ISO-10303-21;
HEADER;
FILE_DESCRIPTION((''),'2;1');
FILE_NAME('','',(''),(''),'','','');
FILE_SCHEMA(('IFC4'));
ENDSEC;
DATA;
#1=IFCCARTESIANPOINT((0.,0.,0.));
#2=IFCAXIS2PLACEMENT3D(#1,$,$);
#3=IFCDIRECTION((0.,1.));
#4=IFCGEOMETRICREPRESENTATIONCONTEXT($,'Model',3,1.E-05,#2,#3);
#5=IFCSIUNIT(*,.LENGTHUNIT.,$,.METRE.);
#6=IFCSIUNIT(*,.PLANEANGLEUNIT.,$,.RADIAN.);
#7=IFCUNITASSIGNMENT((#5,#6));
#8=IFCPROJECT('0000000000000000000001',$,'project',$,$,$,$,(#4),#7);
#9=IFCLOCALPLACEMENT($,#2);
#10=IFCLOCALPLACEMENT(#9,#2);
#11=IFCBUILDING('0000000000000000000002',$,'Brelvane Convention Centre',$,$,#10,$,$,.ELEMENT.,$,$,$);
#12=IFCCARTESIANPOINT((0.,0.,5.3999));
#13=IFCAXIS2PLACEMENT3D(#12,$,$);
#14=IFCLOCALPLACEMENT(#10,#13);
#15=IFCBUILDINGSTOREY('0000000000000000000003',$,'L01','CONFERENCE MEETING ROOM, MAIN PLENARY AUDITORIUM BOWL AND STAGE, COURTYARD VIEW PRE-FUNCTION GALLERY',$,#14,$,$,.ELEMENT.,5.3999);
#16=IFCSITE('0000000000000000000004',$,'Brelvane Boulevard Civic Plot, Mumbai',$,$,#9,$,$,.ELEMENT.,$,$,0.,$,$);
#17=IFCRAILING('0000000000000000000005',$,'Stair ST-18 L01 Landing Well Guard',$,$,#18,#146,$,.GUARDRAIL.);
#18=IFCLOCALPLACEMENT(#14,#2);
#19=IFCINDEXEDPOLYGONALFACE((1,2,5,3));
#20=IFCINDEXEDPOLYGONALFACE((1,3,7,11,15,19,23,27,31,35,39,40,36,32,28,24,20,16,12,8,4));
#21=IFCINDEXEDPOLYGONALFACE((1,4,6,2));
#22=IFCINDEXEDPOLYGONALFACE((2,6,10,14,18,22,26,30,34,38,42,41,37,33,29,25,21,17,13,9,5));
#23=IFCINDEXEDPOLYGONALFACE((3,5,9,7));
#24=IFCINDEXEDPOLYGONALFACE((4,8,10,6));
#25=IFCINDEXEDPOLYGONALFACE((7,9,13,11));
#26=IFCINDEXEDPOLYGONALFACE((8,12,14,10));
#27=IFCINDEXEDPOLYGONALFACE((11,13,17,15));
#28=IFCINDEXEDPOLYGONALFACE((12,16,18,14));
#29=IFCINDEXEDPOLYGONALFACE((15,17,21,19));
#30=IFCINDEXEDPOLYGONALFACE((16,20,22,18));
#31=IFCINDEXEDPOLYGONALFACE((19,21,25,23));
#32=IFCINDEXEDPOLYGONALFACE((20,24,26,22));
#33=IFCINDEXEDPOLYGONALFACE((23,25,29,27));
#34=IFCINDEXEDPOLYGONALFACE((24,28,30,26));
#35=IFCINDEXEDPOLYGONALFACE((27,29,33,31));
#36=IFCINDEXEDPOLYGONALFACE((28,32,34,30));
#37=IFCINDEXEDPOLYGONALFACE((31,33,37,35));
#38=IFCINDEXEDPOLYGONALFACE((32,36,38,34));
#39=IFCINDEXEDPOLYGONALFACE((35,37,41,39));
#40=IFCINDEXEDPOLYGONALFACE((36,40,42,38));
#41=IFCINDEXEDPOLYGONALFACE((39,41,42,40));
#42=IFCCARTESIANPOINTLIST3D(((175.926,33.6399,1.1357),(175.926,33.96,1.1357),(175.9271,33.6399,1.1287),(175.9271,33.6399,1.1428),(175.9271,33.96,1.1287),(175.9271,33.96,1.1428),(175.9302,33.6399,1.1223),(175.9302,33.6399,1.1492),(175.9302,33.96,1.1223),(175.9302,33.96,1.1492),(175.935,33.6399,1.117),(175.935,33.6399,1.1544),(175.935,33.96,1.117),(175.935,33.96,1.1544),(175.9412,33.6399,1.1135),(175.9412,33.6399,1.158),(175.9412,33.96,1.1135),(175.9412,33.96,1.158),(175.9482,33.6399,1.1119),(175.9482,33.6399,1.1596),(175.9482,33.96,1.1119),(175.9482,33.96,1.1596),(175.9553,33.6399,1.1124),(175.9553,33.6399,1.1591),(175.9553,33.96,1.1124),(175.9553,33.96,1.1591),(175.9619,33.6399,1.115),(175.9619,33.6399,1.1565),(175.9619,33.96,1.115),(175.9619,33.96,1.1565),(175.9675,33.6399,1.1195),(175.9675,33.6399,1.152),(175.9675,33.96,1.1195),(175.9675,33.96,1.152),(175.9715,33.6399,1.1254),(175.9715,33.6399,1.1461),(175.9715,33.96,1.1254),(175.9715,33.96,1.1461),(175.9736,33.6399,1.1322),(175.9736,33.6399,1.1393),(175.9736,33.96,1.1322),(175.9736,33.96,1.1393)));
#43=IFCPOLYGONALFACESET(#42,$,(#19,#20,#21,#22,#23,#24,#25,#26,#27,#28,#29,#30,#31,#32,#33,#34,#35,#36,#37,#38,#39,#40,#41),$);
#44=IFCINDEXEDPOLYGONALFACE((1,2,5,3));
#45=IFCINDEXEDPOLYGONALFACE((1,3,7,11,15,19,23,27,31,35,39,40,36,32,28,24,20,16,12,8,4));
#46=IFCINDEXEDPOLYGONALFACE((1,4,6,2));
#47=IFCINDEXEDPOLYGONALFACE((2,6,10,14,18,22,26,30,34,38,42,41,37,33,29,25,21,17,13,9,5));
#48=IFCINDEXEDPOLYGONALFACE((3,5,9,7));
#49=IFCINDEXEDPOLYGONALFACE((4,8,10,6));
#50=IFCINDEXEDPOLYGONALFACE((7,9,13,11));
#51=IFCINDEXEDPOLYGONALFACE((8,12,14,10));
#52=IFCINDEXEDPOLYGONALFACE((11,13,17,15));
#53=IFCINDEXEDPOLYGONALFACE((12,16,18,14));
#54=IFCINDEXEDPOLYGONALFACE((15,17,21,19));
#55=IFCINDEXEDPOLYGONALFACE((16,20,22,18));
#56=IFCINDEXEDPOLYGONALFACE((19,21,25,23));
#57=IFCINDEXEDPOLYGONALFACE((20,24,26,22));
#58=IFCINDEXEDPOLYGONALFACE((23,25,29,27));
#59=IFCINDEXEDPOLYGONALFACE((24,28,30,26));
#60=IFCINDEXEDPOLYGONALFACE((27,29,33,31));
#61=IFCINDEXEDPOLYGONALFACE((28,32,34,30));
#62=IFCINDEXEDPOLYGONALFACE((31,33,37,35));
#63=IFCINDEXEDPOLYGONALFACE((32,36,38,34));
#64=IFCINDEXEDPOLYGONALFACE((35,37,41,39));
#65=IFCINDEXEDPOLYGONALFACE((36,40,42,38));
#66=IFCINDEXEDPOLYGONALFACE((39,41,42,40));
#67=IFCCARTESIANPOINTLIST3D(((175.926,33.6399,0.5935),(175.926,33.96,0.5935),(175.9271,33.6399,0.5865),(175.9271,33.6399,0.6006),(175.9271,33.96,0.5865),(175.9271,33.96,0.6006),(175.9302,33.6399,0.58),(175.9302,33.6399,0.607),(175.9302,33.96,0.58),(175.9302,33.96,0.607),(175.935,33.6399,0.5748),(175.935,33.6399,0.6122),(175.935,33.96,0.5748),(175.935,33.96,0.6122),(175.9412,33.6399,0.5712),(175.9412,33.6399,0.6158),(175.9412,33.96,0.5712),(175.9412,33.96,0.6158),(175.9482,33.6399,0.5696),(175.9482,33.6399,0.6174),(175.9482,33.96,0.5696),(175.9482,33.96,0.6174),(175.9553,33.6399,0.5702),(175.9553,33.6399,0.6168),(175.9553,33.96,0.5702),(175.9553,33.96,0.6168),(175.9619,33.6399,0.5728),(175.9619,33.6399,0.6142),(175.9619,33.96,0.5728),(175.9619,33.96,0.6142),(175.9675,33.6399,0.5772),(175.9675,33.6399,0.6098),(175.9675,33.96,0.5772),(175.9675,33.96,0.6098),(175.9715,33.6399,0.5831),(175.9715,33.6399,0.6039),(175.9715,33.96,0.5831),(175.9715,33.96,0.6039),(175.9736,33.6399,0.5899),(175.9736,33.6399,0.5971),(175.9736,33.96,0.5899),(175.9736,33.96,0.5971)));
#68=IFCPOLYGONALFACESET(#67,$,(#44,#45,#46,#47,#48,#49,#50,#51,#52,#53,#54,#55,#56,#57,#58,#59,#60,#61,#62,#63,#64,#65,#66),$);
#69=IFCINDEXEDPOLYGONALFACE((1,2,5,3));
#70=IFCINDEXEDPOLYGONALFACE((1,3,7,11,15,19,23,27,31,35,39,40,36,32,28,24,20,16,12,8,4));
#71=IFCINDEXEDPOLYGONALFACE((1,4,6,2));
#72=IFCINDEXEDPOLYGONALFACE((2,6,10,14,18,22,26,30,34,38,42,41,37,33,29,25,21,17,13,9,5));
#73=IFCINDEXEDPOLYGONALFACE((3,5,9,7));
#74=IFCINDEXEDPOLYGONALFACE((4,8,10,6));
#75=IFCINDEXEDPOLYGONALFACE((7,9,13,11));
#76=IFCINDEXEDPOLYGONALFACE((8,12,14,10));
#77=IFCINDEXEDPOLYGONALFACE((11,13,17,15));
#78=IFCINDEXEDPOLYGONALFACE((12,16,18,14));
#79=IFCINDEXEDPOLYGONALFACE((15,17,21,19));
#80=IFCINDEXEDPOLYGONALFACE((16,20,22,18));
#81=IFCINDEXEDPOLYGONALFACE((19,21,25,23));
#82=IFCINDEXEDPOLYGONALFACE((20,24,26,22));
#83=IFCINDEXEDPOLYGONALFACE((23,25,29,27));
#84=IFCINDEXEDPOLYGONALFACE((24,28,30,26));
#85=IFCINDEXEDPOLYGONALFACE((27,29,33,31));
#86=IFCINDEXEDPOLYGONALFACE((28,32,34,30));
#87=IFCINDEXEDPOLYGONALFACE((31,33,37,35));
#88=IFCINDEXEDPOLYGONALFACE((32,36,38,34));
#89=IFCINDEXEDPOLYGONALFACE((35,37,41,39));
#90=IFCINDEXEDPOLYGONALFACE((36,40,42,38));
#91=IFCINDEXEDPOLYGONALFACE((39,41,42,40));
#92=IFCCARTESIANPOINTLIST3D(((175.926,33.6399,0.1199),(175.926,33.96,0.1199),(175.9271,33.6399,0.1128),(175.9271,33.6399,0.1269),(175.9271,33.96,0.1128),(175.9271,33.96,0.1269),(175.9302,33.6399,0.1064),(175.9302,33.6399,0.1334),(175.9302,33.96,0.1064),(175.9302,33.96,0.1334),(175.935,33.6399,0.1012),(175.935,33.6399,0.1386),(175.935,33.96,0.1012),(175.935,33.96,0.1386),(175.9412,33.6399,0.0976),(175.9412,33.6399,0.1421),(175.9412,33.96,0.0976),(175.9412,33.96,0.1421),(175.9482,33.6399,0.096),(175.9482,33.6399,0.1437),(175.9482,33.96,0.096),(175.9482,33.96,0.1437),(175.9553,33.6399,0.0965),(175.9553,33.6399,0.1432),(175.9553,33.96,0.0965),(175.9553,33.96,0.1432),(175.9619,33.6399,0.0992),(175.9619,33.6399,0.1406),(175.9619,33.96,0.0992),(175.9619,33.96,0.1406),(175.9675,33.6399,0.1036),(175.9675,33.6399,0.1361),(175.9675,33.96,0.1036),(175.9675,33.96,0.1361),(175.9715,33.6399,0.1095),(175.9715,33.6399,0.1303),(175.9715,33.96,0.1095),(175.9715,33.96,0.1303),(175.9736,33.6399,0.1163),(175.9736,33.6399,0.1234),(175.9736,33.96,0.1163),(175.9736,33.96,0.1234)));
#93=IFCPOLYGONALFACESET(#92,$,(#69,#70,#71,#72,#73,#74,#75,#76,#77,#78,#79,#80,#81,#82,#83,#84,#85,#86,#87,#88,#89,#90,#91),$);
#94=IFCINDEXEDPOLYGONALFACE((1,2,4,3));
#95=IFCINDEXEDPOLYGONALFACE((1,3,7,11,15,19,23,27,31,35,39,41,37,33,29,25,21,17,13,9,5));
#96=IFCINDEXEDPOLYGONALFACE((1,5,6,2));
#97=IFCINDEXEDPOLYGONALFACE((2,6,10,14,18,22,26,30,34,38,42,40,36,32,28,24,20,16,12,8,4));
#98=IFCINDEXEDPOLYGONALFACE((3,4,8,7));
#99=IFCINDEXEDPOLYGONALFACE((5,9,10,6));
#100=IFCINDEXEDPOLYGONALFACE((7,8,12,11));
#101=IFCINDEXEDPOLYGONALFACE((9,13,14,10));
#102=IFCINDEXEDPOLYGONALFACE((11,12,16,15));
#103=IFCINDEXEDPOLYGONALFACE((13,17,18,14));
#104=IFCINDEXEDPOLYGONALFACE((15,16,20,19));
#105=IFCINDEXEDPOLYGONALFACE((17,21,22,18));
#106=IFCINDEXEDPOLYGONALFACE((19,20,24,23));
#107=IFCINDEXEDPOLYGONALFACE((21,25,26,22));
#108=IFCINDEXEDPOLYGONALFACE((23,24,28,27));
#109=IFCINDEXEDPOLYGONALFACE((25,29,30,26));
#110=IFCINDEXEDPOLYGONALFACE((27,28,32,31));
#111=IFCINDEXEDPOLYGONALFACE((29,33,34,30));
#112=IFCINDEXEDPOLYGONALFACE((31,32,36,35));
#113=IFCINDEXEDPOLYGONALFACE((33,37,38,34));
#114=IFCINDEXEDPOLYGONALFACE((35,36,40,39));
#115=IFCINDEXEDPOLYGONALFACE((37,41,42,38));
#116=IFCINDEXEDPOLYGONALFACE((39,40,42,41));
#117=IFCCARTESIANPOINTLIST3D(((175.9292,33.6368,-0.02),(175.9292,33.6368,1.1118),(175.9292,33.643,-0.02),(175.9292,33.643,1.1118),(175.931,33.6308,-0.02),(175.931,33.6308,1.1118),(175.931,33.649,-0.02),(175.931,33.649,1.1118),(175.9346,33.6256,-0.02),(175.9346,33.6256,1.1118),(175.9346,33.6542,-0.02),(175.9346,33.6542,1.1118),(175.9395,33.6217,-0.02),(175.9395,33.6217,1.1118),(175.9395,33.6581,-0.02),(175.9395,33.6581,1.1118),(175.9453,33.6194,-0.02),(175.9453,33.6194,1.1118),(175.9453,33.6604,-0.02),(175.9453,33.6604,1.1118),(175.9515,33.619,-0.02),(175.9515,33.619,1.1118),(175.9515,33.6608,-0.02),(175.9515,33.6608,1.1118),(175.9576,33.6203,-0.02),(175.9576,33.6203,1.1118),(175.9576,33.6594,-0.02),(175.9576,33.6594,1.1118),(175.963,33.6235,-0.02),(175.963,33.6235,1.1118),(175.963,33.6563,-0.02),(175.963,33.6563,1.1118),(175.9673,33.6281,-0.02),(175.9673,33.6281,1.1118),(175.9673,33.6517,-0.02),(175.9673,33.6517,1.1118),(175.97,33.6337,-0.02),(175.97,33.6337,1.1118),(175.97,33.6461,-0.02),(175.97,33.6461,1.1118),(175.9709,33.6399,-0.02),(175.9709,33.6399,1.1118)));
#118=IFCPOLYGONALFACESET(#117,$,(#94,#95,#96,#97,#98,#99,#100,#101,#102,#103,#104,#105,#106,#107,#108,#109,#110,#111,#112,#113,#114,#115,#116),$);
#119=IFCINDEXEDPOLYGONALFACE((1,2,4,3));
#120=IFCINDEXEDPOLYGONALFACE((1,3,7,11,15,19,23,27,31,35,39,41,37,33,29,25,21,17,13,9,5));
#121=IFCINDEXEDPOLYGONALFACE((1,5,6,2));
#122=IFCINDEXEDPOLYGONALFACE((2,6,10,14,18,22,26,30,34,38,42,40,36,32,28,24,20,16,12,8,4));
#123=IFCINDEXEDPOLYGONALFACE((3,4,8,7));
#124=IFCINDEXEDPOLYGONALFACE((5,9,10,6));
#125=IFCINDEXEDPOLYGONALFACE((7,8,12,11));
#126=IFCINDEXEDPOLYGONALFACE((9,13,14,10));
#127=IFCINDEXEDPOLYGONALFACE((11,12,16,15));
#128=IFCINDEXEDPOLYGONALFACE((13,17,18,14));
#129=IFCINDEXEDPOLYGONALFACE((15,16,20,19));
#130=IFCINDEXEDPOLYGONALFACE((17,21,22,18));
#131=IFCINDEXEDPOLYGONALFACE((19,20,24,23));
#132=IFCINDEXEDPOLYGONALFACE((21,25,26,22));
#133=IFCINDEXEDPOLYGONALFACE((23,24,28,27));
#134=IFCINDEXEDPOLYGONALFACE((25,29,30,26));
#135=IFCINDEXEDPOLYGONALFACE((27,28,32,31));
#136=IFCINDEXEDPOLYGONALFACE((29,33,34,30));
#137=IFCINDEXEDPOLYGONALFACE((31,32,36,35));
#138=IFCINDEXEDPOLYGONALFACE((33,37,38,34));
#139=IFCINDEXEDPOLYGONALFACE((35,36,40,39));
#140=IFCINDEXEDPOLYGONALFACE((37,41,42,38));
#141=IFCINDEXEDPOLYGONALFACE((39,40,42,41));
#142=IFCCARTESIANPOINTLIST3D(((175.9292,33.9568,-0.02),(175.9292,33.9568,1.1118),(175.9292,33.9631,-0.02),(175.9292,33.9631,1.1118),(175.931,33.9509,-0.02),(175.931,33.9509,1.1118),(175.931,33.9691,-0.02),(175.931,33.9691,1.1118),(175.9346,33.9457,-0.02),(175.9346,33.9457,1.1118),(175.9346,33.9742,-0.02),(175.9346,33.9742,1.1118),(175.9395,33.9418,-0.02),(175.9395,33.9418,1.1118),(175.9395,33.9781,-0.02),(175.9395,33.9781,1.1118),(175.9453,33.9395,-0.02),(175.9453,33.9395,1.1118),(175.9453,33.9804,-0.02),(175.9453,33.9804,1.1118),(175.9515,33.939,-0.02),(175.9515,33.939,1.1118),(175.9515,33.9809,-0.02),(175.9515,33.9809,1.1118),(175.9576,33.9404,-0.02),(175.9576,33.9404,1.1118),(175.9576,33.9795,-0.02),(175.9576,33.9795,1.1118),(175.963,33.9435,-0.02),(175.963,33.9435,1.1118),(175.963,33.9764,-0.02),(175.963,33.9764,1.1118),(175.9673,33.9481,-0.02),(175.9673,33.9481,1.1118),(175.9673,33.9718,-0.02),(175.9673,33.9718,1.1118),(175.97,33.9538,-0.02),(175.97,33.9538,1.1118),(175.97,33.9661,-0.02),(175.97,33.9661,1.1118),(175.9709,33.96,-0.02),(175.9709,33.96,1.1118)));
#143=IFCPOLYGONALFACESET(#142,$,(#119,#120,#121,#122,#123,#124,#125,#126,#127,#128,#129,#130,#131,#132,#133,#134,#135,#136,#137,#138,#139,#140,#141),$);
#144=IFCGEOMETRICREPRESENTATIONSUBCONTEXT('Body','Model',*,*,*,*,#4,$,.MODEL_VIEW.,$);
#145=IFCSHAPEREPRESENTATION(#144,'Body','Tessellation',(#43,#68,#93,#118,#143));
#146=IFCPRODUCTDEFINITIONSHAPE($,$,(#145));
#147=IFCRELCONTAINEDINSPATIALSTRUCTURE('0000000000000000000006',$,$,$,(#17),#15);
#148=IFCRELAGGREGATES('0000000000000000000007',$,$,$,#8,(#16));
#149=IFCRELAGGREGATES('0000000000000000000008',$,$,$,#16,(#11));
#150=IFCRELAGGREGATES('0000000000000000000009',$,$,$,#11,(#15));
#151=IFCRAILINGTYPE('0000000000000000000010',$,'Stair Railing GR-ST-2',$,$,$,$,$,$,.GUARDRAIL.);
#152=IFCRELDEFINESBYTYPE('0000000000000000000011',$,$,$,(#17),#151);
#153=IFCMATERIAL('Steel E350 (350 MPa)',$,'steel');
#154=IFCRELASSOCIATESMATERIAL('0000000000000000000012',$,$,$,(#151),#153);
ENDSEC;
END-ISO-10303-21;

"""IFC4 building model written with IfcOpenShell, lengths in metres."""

from ifc_helpers import new_model, si_unit, direction, frame, origin, origin_2d, place, context, subcontext, project, spatial, circle, extrude, material, type_object, element, save


model = new_model("IFC4")

# Units and contexts
model_context = context("Model", 3, precision=1e-05, world=origin(), true_north=direction((0.0, 1.0)))
body_context = subcontext(model_context, "Body", "Model", "MODEL_VIEW")
ifc_project = project(units=[si_unit("LENGTHUNIT", "METRE"), si_unit("PLANEANGLEUNIT", "RADIAN")], contexts=[model_context])

# Site, building, storey
site_placement = place(None, origin())
site = spatial("IfcSite", under=ifc_project, at=site_placement, Name="Brelvane Boulevard Civic Plot, Mumbai", CompositionType="ELEMENT", RefElevation=0.0)
building_placement = place(site_placement, origin())
building = spatial("IfcBuilding", under=site, at=building_placement, Name="Brelvane Convention Centre", CompositionType="ELEMENT")
storey_placement = place(building_placement, frame((0.0, 0.0, 5.3999)))
storey = spatial("IfcBuildingStorey", under=building, at=storey_placement, Name="L01", Description="CONFERENCE MEETING ROOM, MAIN PLENARY AUDITORIUM BOWL AND STAGE, COURTYARD VIEW PRE-FUNCTION GALLERY", CompositionType="ELEMENT", Elevation=5.3999)

# Railing
ifc_material_1 = material(Name="Steel E350 (350 MPa)", Category="steel")
railing_type_1 = type_object("IfcRailingType", Name="Stair Railing GR-ST-2", PredefinedType="GUARDRAIL", material=ifc_material_1)
railing_1_placement = place(storey_placement, frame((175.95, 33.6399, -0.02)))
element("IfcRailing", 1, at=railing_1_placement, inside=storey, type_object=railing_type_1, Name="Stair ST-18 L01 Landing Well Guard", PredefinedType="GUARDRAIL", context=body_context, shape_type="SweptSolid", body=[
    extrude(circle(Radius=0.0239, at=origin_2d()), frame((0.0, 0.0, 1.1558), z_axis=(0.0, 1.0, 0.0), x_axis=(-1.0, 0.0, 0.0)), (0.0, 0.0, 1.0), 0.3201),
    extrude(circle(Radius=0.0239, at=origin_2d()), frame((0.0, 0.0, 0.6135), z_axis=(0.0, 1.0, 0.0), x_axis=(-1.0, 0.0, 0.0)), (0.0, 0.0, 1.0), 0.3201),
    extrude(circle(Radius=0.0239, at=origin_2d()), frame((0.0, 0.0, 0.1399), z_axis=(0.0, 1.0, 0.0), x_axis=(-1.0, 0.0, 0.0)), (0.0, 0.0, 1.0), 0.3201),
    extrude(circle(Radius=0.021, at=origin_2d()), origin(), (0.0, 0.0, 1.0), 1.1318),
    extrude(circle(Radius=0.021, at=origin_2d()), frame((0.0, 0.3201, 0.0)), (0.0, 0.0, 1.0), 1.1318),
])

save(model, "model.ifc")
